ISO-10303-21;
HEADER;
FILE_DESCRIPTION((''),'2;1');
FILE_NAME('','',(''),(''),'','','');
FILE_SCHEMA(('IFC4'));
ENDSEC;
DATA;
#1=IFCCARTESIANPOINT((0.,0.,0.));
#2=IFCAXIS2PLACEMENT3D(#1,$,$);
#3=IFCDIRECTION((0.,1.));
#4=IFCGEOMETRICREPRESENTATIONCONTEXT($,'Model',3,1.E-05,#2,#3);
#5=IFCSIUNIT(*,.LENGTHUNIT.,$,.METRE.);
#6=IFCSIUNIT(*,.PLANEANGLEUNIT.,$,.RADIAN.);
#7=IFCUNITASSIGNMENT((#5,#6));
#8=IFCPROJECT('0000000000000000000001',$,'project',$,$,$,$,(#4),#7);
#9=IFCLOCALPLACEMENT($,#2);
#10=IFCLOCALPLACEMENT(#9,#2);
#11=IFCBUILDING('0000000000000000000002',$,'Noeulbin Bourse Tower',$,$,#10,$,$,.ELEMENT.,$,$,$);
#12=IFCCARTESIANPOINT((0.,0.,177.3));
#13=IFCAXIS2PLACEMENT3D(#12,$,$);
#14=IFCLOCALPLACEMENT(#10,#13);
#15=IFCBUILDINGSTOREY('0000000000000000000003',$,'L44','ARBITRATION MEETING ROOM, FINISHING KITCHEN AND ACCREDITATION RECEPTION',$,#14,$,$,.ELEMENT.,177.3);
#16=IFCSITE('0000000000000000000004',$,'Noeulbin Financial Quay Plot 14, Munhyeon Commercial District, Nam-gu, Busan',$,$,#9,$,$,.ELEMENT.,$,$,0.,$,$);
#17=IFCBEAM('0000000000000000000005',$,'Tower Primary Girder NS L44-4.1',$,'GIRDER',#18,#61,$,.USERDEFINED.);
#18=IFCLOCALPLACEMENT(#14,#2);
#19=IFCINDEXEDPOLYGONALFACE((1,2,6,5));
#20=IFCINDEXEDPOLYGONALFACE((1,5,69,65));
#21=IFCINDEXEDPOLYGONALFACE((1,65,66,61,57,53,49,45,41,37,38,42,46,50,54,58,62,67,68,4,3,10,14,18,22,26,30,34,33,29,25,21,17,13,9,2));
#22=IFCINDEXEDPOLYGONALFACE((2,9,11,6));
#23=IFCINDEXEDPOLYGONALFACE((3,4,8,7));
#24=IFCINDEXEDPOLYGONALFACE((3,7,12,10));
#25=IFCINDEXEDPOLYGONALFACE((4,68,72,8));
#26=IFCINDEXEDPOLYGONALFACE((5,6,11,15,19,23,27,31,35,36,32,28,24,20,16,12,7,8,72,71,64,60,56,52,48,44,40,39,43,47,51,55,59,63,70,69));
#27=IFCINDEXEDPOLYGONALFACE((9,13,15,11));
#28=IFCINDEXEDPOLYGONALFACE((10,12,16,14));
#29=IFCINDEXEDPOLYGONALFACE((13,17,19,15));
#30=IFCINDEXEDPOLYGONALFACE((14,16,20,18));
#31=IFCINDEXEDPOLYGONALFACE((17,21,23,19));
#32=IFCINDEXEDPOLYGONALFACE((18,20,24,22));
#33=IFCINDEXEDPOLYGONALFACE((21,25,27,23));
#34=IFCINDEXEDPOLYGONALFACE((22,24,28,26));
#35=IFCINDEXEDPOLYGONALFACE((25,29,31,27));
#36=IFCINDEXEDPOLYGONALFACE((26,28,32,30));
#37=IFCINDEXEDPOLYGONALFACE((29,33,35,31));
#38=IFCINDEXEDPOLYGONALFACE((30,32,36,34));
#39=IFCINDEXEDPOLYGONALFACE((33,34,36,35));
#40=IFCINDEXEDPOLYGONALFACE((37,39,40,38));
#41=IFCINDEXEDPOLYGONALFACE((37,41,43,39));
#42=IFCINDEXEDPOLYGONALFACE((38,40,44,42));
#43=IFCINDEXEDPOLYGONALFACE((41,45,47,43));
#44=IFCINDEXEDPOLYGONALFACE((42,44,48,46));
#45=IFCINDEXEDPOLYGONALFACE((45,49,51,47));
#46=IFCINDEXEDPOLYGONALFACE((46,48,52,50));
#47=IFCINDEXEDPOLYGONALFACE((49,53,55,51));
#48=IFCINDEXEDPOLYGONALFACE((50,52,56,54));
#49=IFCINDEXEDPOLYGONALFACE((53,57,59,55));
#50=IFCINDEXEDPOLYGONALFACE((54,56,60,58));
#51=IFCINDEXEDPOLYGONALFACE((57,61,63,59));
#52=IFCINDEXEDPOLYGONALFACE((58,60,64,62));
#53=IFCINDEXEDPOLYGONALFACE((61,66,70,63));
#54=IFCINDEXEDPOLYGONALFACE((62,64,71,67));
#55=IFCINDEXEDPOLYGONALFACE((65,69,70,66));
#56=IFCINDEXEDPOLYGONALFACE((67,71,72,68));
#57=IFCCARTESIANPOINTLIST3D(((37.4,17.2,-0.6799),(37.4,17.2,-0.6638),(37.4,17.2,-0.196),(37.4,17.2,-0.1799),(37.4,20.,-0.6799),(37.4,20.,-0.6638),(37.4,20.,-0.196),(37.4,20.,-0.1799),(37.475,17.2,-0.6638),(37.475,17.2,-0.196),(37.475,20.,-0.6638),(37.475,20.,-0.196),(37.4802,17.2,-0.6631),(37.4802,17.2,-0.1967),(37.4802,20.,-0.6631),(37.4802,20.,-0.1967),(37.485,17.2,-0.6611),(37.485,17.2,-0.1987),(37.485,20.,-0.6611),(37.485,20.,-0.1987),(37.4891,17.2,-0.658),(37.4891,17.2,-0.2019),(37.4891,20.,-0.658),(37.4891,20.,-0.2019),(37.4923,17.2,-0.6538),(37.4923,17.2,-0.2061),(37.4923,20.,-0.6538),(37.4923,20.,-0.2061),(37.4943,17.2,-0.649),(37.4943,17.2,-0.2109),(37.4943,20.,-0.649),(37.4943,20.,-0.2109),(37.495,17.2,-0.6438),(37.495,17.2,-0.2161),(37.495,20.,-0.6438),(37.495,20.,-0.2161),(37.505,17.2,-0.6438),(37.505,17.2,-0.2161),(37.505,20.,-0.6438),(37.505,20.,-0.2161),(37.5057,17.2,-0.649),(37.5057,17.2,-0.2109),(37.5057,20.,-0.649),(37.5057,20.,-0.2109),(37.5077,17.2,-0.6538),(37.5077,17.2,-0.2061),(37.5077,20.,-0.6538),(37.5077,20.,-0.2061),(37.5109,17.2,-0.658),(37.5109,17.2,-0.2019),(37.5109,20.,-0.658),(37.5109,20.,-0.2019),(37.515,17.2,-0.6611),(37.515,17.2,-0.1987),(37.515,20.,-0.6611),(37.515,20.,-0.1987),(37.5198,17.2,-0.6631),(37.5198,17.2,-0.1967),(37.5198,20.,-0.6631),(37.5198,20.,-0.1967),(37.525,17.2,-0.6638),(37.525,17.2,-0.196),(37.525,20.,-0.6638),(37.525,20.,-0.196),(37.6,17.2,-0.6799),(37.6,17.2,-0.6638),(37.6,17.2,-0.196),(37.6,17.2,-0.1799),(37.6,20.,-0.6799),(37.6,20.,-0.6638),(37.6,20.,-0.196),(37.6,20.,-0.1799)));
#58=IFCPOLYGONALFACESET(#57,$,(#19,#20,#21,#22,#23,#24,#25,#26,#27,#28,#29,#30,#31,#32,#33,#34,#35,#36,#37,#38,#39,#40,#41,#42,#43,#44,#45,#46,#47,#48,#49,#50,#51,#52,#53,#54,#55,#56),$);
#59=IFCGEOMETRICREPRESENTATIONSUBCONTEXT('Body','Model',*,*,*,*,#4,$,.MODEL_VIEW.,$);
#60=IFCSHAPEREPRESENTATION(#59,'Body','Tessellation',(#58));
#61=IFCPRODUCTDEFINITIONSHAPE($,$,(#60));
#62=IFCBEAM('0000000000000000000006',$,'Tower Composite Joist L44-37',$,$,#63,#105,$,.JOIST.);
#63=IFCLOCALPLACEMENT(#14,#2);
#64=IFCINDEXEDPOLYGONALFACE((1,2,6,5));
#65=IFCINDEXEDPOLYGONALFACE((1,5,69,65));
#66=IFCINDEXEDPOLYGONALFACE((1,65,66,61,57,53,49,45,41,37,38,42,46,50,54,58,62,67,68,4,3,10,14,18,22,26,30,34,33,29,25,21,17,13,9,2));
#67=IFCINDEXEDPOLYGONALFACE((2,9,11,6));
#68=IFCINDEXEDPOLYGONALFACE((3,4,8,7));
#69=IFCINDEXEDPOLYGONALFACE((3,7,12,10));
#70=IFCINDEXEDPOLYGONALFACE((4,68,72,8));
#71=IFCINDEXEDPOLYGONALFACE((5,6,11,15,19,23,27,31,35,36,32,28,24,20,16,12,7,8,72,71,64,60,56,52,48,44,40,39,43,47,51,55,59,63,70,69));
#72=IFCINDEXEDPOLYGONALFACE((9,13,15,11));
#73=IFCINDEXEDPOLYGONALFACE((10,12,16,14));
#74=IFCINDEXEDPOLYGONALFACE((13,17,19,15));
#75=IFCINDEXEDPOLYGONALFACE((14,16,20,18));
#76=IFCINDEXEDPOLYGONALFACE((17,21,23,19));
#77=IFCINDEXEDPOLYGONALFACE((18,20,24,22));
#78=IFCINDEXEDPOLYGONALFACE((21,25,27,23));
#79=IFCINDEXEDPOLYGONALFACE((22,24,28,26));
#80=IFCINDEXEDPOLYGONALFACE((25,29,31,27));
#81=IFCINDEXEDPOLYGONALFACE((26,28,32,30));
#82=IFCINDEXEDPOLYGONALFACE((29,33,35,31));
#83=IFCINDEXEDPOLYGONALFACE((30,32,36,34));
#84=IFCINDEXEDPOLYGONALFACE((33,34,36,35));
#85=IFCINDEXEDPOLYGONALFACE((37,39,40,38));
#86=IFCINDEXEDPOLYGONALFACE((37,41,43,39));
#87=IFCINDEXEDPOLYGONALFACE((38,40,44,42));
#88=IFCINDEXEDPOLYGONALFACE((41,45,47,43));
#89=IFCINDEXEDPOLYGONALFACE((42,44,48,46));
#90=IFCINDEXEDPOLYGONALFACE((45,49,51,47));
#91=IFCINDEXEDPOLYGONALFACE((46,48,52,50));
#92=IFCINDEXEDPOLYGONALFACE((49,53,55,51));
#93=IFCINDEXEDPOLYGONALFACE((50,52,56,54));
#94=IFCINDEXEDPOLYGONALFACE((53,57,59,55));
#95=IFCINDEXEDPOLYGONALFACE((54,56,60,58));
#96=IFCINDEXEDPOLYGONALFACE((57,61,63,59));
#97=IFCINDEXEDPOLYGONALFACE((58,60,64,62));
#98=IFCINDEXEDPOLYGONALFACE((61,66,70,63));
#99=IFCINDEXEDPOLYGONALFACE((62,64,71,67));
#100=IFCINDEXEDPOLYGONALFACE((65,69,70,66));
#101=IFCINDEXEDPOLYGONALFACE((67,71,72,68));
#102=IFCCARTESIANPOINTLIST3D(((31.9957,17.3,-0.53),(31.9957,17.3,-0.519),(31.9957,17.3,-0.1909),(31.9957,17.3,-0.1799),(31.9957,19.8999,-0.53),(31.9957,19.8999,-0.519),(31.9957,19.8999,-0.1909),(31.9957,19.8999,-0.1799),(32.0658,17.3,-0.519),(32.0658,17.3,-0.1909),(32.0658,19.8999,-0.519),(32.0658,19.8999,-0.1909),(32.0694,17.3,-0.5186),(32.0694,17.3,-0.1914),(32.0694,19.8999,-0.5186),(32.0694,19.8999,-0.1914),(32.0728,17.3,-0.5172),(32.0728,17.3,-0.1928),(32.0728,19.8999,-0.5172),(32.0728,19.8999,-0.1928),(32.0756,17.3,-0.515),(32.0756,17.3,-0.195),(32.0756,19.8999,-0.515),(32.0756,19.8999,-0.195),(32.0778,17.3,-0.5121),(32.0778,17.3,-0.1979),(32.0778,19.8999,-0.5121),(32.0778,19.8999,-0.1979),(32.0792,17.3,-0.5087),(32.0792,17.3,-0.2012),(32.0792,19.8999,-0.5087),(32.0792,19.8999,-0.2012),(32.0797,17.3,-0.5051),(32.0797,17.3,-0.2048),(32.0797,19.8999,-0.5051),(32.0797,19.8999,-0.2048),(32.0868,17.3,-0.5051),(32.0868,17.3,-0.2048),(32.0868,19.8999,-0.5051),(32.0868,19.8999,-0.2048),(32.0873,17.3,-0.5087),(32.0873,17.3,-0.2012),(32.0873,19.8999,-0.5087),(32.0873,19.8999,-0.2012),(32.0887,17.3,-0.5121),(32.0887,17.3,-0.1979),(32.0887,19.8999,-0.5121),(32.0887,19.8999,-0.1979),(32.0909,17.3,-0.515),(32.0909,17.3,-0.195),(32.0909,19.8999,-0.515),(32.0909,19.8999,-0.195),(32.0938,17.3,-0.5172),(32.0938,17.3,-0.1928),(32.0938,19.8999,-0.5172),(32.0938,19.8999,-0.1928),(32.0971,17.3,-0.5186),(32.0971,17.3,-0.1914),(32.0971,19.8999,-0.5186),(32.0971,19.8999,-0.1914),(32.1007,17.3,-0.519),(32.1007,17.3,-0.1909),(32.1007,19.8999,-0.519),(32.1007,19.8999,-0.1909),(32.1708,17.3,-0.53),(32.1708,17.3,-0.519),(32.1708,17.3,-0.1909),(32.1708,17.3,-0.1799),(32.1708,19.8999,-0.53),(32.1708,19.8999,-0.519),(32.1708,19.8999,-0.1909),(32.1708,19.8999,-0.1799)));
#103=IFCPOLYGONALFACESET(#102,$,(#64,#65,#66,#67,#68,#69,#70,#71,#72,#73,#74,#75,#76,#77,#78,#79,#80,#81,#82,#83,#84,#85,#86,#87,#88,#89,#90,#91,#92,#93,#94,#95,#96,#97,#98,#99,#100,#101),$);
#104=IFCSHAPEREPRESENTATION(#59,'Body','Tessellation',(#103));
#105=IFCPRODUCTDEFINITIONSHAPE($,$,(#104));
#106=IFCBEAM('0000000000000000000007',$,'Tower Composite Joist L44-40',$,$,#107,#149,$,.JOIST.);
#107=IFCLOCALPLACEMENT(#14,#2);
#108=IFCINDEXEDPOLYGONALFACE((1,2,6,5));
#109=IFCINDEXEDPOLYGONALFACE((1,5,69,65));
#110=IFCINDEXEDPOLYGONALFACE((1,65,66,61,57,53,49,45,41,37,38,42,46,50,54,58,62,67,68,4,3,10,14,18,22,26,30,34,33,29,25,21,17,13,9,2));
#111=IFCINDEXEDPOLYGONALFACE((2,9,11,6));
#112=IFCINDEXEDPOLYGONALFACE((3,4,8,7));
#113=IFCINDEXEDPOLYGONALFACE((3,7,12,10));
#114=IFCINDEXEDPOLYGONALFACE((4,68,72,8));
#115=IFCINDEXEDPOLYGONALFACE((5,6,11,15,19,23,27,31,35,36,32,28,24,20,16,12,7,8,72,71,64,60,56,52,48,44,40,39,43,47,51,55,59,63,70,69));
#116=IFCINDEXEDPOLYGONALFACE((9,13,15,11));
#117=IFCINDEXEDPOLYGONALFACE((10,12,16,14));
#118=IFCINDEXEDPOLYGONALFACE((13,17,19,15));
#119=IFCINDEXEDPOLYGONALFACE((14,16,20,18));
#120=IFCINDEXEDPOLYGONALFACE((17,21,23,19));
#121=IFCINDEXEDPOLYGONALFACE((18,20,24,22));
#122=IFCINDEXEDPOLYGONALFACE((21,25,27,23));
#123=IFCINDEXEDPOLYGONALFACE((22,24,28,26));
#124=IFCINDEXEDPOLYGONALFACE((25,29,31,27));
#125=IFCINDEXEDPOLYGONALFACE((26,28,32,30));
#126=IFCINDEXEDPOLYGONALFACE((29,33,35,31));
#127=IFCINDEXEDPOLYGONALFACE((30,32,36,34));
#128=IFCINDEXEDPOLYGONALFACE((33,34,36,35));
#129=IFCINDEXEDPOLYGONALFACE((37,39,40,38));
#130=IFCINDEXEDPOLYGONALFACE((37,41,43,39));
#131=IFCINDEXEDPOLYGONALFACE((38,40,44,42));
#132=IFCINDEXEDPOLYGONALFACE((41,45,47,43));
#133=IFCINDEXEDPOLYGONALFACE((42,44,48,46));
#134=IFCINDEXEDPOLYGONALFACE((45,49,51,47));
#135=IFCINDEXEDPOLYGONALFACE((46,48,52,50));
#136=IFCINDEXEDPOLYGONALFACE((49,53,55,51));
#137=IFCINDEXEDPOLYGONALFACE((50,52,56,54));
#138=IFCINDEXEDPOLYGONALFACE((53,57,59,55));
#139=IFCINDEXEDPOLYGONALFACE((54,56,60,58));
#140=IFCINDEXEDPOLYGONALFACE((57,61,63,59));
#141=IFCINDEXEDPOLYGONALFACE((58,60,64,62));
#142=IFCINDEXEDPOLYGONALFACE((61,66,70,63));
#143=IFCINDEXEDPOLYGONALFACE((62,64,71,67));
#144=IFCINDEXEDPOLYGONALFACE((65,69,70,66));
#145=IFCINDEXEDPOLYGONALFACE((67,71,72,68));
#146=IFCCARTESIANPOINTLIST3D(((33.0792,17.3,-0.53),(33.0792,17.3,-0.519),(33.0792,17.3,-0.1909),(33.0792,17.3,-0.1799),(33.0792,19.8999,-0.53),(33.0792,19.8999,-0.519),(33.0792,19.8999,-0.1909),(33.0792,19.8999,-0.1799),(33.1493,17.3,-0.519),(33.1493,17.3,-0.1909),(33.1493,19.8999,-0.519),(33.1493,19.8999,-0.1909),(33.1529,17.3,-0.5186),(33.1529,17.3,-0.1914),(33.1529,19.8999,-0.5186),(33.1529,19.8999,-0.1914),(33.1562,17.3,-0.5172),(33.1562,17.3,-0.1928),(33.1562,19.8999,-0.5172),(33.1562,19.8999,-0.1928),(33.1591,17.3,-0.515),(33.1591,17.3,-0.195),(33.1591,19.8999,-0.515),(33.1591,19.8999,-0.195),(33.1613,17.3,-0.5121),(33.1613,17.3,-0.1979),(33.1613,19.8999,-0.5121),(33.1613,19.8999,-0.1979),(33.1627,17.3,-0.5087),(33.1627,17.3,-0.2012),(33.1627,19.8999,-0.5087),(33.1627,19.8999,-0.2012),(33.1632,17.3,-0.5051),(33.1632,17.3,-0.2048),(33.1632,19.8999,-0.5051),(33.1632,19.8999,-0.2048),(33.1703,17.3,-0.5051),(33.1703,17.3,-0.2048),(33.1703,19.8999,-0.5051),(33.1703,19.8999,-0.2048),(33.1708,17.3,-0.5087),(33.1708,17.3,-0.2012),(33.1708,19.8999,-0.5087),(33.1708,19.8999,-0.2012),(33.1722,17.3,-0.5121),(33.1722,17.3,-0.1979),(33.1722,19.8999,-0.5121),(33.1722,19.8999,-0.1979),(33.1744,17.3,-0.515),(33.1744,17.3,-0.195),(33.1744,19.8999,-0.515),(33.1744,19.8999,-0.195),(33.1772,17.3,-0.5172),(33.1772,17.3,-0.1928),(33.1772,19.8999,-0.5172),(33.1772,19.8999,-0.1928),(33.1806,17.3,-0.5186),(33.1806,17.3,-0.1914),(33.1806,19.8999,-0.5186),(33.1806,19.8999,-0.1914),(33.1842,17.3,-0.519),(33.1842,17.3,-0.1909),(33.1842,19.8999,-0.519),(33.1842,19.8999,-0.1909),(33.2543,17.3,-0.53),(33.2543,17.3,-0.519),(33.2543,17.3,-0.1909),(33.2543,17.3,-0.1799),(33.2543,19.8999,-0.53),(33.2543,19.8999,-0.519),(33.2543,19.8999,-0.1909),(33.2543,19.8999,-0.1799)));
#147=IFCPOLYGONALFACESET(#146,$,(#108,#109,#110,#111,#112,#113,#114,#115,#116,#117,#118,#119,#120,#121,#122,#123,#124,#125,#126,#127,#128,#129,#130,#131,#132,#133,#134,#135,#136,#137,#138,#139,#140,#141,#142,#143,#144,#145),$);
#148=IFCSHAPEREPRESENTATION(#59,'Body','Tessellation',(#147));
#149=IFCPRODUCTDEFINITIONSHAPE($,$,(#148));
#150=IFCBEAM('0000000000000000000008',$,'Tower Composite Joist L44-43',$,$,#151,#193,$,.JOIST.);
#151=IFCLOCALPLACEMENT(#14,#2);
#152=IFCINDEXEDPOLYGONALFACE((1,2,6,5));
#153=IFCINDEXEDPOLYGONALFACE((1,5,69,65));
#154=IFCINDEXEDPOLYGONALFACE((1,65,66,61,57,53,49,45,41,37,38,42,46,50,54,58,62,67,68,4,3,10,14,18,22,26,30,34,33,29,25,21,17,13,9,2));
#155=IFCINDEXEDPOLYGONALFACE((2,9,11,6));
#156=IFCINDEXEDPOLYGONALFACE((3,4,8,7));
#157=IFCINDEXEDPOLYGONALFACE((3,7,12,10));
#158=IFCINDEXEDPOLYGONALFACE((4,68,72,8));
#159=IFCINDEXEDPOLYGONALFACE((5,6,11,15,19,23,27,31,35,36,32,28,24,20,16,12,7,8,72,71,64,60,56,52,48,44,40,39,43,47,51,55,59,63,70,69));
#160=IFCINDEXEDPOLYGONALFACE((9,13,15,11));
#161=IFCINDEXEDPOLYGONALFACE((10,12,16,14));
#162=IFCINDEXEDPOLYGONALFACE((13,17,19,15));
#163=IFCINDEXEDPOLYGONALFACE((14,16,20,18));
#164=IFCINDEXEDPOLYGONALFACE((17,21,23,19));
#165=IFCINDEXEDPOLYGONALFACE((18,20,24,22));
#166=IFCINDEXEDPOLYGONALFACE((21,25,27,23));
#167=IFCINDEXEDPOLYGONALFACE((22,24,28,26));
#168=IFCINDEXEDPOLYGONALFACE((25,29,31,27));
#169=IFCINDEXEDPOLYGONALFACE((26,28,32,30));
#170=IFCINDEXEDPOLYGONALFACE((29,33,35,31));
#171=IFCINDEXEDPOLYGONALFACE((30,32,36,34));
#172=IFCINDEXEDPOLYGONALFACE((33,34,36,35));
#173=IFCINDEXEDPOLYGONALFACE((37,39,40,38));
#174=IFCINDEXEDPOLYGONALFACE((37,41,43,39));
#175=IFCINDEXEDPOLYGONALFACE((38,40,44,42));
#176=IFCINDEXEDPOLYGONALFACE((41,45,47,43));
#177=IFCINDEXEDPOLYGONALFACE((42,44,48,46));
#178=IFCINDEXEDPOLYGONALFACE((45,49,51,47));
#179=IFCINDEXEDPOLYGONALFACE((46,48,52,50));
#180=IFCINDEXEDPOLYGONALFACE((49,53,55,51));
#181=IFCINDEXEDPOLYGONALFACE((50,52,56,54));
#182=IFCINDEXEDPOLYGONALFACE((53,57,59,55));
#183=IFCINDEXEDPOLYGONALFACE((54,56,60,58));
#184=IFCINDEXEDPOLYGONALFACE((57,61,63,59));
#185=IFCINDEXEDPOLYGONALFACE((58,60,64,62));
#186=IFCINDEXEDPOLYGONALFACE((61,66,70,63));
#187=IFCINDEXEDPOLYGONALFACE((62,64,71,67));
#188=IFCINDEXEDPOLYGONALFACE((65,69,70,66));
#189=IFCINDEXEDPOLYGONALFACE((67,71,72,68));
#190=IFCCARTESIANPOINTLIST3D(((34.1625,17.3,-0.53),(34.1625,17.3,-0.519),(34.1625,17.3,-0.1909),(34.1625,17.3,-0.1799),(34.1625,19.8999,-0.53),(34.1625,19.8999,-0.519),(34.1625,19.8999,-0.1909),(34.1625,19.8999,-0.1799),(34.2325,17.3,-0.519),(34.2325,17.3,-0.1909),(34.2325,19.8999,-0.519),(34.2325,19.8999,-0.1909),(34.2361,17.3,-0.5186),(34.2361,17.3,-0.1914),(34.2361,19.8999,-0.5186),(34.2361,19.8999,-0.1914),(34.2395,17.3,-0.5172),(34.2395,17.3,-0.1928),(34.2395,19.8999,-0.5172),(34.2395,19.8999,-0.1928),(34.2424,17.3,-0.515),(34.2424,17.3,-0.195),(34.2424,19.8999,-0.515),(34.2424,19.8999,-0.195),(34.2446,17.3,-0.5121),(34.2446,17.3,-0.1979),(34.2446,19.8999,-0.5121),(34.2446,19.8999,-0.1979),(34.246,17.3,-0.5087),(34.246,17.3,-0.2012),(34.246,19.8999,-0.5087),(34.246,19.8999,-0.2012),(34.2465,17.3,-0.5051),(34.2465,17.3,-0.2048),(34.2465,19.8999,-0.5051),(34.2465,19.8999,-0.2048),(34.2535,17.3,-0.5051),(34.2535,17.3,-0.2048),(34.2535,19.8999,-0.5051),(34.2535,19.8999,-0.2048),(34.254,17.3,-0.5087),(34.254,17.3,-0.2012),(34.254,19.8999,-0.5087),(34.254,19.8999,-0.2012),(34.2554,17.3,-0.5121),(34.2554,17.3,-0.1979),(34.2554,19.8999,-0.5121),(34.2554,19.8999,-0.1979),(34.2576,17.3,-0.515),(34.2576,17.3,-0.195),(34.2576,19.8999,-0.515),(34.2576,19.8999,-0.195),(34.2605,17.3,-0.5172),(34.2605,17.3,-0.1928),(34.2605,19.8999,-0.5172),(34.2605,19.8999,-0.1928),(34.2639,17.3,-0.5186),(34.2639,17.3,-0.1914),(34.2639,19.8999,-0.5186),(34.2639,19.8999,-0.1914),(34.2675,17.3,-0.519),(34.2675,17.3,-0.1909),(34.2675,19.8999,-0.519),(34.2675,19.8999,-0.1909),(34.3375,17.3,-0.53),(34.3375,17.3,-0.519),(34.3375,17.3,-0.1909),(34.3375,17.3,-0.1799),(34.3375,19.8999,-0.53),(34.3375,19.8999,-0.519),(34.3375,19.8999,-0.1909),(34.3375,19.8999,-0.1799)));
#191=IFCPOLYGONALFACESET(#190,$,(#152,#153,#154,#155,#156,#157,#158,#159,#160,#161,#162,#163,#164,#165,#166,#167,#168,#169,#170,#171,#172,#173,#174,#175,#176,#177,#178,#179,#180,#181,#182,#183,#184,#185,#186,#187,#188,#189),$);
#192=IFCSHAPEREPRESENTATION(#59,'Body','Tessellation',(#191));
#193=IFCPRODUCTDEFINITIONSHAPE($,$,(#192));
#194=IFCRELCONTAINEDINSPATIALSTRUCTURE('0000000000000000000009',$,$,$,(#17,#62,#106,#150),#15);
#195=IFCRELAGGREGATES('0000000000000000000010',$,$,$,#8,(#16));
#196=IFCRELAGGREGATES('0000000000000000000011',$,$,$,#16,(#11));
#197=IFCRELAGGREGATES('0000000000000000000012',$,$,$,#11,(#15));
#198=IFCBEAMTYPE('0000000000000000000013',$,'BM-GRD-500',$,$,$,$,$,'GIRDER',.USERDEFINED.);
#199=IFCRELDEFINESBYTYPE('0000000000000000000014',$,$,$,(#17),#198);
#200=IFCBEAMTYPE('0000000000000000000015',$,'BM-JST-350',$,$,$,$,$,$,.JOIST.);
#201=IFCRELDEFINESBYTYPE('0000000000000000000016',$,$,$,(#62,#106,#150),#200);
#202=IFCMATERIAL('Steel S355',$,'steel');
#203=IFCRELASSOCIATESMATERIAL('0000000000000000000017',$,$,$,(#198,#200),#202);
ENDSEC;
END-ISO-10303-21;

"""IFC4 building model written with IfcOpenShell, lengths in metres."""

from ifc_helpers import new_model, si_unit, direction, frame, origin, origin_2d, place, context, subcontext, project, spatial, i_section, extrude, material, material_profile, profile_set, type_object, element, save


model = new_model("IFC4")

# Units and contexts
model_context = context("Model", 3, precision=1e-05, world=origin(), true_north=direction((0.0, 1.0)))
body_context = subcontext(model_context, "Body", "Model", "MODEL_VIEW")
ifc_project = project(units=[si_unit("LENGTHUNIT", "METRE"), si_unit("PLANEANGLEUNIT", "RADIAN")], contexts=[model_context])

# Site, building, storey
site_placement = place(None, origin())
site = spatial("IfcSite", under=ifc_project, at=site_placement, Name="Noeulbin Financial Quay Plot 14, Munhyeon Commercial District, Nam-gu, Busan", CompositionType="ELEMENT", RefElevation=0.0)
building_placement = place(site_placement, origin())
building = spatial("IfcBuilding", under=site, at=building_placement, Name="Noeulbin Bourse Tower", CompositionType="ELEMENT")
storey_placement = place(building_placement, frame((0.0, 0.0, 177.3)))
storey = spatial("IfcBuildingStorey", under=building, at=storey_placement, Name="L44", Description="ARBITRATION MEETING ROOM, FINISHING KITCHEN AND ACCREDITATION RECEPTION", CompositionType="ELEMENT", Elevation=177.3)

# Shared definitions
ifc_material_1 = material(Name="Steel S355", Category="steel")

# Beams
ifc_material_profile_1 = material_profile(ifc_material_1, i_section(OverallWidth=0.2, OverallDepth=0.5, WebThickness=0.01, FlangeThickness=0.0161, FilletRadius=0.02, at=origin_2d()), Name="H-500x200x10x16", Category="LoadBearing")
ifc_profile_set_1 = profile_set([ifc_material_profile_1], Name="Steel S355")
beam_type_1 = type_object("IfcBeamType", Name="BM-GRD-500", ElementType="GIRDER", PredefinedType="USERDEFINED", material=ifc_profile_set_1)
for number, where, z_axis, x_axis, name in (
    (1, (37.5, 17.2, -0.4299), (0.0, 1.0, 0.0), (-1.0, 0.0, 0.0), "Tower Primary Girder NS L44-4.1"),
):
    element("IfcBeam", number, at=place(storey_placement, frame(where, z_axis=z_axis, x_axis=x_axis)), inside=storey, type_object=beam_type_1, Name=name, ObjectType="GIRDER", PredefinedType="USERDEFINED", context=body_context, shape_type="SweptSolid", body=[
        extrude(i_section(OverallWidth=0.2, OverallDepth=0.5, WebThickness=0.01, FlangeThickness=0.0161, FilletRadius=0.02, at=origin_2d()), origin(), (0.0, 0.0, 1.0), 2.8),
    ])
ifc_material_profile_2 = material_profile(ifc_material_1, i_section(OverallWidth=0.175, OverallDepth=0.3501, WebThickness=0.0071, FlangeThickness=0.011, FilletRadius=0.0139, at=origin_2d()), Name="H-350x175x7x11", Category="LoadBearing")
ifc_profile_set_2 = profile_set([ifc_material_profile_2], Name="Steel S355")
beam_type_2 = type_object("IfcBeamType", Name="BM-JST-350", PredefinedType="JOIST", material=ifc_profile_set_2)
for number, where, z_axis, x_axis, name in (
    (2, (32.0833, 17.3, -0.355), (0.0, 1.0, 0.0), (-1.0, 0.0, 0.0), "Tower Composite Joist L44-37"),
    (3, (33.1667, 17.3, -0.355), (0.0, 1.0, 0.0), (-1.0, 0.0, 0.0), "Tower Composite Joist L44-40"),
    (4, (34.25, 17.3, -0.355), (0.0, 1.0, 0.0), (-1.0, 0.0, 0.0), "Tower Composite Joist L44-43"),
):
    element("IfcBeam", number, at=place(storey_placement, frame(where, z_axis=z_axis, x_axis=x_axis)), inside=storey, type_object=beam_type_2, Name=name, PredefinedType="JOIST", context=body_context, shape_type="SweptSolid", body=[
        extrude(i_section(OverallWidth=0.175, OverallDepth=0.3501, WebThickness=0.0071, FlangeThickness=0.011, FilletRadius=0.0139, at=origin_2d()), origin(), (0.0, 0.0, 1.0), 2.5999),
    ])

save(model, "model.ifc")
